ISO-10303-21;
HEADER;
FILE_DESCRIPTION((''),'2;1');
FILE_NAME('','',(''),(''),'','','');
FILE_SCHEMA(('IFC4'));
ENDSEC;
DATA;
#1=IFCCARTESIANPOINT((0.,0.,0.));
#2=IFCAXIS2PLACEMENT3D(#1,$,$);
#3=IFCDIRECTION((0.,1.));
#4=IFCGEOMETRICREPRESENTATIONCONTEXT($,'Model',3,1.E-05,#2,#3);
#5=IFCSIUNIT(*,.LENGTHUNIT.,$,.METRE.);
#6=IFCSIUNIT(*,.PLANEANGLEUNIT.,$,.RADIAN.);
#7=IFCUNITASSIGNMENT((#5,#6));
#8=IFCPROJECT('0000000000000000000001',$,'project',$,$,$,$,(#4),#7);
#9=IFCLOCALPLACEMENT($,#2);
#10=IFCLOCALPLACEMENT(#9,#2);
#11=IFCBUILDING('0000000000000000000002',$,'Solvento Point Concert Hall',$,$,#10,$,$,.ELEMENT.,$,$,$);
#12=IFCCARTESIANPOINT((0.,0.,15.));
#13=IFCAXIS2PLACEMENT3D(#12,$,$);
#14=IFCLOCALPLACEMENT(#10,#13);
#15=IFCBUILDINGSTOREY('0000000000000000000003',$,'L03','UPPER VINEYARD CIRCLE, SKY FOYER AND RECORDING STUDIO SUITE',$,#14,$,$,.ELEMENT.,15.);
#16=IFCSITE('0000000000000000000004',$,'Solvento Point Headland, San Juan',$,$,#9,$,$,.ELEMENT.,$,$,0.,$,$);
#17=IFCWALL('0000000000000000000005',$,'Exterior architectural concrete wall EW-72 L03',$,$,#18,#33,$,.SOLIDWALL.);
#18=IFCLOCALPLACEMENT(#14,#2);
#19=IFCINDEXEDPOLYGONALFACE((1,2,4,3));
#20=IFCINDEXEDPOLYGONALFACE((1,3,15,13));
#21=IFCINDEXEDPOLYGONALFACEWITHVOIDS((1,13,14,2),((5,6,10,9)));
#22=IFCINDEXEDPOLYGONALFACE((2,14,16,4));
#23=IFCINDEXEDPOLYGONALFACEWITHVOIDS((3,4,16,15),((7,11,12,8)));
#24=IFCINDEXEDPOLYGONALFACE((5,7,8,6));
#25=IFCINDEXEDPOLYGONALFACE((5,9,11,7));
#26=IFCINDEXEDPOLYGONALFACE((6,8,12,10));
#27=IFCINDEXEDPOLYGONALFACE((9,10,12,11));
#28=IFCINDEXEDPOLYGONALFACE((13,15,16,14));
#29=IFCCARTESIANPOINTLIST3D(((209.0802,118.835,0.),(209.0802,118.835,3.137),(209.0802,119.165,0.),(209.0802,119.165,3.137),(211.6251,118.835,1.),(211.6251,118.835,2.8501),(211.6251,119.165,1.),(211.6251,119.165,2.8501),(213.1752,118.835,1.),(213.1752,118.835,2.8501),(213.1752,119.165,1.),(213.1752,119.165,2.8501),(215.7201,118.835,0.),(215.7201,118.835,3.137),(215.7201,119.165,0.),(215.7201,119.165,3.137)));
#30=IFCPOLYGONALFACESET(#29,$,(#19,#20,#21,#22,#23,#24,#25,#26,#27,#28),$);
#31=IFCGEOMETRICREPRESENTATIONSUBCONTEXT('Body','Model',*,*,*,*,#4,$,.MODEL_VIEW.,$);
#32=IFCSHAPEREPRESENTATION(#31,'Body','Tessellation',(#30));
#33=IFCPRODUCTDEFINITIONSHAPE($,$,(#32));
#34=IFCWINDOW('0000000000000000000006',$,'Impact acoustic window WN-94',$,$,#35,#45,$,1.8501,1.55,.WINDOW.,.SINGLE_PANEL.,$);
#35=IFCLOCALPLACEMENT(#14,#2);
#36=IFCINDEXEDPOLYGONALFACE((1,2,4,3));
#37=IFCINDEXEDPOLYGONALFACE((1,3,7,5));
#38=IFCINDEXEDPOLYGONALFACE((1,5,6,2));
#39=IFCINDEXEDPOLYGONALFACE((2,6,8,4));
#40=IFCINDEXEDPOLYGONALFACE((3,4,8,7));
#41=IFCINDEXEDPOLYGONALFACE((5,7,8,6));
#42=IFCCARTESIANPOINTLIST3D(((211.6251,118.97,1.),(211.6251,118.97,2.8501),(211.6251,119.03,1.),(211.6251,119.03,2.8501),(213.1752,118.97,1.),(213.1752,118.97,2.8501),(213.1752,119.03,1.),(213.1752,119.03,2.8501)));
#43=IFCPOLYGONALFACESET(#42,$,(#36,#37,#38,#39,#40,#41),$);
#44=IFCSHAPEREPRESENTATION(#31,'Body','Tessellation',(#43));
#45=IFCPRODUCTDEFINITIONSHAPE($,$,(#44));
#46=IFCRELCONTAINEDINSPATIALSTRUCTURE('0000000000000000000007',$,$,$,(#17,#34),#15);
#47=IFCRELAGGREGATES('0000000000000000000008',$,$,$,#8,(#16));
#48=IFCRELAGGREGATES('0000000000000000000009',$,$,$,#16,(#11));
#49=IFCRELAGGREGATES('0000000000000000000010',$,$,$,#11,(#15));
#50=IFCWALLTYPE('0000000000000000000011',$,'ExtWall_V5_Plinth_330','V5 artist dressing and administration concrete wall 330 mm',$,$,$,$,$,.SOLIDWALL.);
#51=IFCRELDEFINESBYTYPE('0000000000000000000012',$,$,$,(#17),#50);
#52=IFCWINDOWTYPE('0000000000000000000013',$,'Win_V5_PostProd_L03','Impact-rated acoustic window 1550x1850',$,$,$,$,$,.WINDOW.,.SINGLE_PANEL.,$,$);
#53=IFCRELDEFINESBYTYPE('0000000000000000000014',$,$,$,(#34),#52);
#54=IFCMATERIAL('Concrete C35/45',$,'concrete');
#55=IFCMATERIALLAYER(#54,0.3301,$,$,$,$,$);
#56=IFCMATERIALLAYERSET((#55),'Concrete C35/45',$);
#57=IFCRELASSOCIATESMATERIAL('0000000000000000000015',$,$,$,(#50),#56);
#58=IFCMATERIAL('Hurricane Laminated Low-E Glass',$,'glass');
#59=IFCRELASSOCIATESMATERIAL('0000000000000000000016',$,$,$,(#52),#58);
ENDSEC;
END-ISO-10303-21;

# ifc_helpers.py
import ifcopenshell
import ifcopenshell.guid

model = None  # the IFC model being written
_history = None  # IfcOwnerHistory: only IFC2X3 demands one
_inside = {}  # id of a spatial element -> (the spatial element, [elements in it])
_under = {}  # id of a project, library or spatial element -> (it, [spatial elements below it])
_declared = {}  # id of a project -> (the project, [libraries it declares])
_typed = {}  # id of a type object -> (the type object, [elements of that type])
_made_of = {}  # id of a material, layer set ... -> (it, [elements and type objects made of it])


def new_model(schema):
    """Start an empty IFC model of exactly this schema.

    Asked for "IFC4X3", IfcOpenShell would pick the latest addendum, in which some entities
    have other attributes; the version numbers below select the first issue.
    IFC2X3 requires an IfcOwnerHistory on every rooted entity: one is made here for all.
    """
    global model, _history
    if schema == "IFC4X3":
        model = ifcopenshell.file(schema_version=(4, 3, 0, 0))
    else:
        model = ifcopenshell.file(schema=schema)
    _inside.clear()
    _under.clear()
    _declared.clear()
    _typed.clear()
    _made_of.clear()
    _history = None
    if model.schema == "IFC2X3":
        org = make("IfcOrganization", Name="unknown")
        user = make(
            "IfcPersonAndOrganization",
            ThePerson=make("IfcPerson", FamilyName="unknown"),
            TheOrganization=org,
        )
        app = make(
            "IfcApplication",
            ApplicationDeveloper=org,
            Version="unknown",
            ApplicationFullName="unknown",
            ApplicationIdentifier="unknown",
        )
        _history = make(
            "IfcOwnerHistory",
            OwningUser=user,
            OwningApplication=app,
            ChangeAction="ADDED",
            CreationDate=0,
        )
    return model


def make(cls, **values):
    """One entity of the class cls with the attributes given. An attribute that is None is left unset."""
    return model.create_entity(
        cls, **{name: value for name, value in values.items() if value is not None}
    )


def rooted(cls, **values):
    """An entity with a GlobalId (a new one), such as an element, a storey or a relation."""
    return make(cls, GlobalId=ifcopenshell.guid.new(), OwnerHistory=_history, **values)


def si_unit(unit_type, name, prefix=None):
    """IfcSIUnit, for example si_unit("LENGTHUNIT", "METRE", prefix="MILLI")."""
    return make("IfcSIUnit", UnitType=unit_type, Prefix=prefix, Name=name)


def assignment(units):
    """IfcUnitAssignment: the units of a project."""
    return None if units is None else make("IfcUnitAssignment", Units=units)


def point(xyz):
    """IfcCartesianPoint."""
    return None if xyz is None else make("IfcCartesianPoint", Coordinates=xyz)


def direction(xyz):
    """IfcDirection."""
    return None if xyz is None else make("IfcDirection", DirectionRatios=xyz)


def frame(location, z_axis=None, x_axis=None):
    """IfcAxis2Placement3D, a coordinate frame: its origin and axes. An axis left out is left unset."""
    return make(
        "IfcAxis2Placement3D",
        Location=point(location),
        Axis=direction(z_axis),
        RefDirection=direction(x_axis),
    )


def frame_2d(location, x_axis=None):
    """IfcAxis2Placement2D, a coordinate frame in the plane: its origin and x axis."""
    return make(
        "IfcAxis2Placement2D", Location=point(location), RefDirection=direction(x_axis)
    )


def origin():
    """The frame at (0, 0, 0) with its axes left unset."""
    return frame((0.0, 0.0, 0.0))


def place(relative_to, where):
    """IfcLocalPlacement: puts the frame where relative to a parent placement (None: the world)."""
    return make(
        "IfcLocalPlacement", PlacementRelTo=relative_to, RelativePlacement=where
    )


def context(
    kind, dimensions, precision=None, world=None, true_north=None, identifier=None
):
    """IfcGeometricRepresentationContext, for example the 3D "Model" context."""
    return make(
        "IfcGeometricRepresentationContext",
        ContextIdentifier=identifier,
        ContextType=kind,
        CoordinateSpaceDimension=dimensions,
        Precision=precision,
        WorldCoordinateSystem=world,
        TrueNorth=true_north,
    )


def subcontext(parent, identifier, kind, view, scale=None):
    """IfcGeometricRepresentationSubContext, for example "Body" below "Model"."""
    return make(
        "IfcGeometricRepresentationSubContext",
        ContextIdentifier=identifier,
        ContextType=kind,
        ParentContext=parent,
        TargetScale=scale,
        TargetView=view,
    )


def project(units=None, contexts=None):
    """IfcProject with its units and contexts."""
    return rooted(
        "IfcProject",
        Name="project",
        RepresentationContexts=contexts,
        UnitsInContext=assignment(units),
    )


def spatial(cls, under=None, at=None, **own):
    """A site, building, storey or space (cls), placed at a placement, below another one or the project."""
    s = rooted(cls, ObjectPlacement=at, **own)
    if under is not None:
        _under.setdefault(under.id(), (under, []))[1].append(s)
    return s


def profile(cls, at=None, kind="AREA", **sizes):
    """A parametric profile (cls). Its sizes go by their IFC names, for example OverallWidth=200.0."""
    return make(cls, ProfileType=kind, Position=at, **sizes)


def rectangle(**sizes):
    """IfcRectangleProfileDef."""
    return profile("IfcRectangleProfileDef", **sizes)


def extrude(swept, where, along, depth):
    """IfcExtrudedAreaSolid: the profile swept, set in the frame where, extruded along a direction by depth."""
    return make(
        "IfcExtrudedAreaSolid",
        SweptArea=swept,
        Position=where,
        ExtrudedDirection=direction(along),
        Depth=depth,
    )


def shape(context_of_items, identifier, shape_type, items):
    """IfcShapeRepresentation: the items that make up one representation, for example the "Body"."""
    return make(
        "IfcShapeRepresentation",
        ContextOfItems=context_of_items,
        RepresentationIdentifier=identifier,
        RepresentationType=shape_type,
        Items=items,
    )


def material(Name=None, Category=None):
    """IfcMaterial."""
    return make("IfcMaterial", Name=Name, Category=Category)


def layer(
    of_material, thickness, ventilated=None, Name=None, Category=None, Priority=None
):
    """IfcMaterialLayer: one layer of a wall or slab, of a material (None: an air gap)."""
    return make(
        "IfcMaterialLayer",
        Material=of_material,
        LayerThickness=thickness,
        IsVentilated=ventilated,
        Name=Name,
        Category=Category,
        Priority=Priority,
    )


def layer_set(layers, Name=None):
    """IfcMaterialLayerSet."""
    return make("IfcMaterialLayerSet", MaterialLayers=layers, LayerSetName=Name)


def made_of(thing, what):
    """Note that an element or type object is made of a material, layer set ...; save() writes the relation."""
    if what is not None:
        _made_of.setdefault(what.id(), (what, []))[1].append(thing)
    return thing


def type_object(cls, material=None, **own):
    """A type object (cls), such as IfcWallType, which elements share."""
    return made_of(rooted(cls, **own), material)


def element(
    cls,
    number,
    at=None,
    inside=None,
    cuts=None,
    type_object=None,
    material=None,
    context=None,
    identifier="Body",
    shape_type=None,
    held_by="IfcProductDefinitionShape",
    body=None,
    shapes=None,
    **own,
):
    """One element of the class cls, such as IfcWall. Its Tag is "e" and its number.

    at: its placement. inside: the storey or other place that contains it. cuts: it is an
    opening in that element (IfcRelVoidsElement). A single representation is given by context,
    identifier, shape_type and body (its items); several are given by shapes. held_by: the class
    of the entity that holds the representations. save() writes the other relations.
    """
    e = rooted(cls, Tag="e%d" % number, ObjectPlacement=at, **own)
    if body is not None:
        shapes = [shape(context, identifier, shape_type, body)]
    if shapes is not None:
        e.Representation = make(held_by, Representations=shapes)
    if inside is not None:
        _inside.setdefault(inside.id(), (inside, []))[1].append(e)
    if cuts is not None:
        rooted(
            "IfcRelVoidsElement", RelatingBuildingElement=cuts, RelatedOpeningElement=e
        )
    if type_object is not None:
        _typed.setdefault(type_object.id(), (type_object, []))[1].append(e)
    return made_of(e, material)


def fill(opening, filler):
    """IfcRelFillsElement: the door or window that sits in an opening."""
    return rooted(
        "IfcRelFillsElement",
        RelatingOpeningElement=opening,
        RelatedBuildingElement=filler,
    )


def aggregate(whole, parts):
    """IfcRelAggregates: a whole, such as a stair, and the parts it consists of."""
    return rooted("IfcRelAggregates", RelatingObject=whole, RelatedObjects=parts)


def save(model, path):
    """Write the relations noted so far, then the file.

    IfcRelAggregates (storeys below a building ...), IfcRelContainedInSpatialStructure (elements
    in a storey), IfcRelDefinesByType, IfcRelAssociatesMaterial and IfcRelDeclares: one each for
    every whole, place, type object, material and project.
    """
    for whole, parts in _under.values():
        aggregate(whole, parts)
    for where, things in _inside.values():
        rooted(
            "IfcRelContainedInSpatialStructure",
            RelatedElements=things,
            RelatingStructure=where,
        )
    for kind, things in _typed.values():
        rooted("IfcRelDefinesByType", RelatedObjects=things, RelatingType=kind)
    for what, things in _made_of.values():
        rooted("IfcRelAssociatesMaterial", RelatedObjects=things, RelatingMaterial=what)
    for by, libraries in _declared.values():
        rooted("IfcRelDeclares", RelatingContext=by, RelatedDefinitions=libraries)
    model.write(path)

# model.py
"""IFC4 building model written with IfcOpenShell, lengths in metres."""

from ifc_helpers import new_model, si_unit, direction, frame, frame_2d, origin, place, context, subcontext, project, spatial, rectangle, extrude, material, layer, layer_set, type_object, element, fill, save


model = new_model("IFC4")

# Units and contexts
model_context = context("Model", 3, precision=1e-05, world=origin(), true_north=direction((0.0, 1.0)))
body_context = subcontext(model_context, "Body", "Model", "MODEL_VIEW")
ifc_project = project(units=[si_unit("LENGTHUNIT", "METRE"), si_unit("PLANEANGLEUNIT", "RADIAN")], contexts=[model_context])

# Site, building, storey
site_placement = place(None, origin())
site = spatial("IfcSite", under=ifc_project, at=site_placement, Name="Solvento Point Headland, San Juan", CompositionType="ELEMENT", RefElevation=0.0)
building_placement = place(site_placement, origin())
building = spatial("IfcBuilding", under=site, at=building_placement, Name="Solvento Point Concert Hall", CompositionType="ELEMENT")
storey_placement = place(building_placement, frame((0.0, 0.0, 15.0)))
storey = spatial("IfcBuildingStorey", under=building, at=storey_placement, Name="L03", Description="UPPER VINEYARD CIRCLE, SKY FOYER AND RECORDING STUDIO SUITE", CompositionType="ELEMENT", Elevation=15.0)

# Wall, opening, window
ifc_material_1 = material(Name="Concrete C35/45", Category="concrete")
ifc_layer = layer(ifc_material_1, 0.3301)
ifc_layer_set = layer_set([ifc_layer], Name="Concrete C35/45")
wall_type = type_object("IfcWallType", Name="ExtWall_V5_Plinth_330", Description="V5 artist dressing and administration concrete wall 330 mm", PredefinedType="SOLIDWALL", material=ifc_layer_set)
ifc_material_2 = material(Name="Hurricane Laminated Low-E Glass", Category="glass")
window_type = type_object("IfcWindowType", Name="Win_V5_PostProd_L03", Description="Impact-rated acoustic window 1550x1850", PartitioningType="SINGLE_PANEL", PredefinedType="WINDOW", material=ifc_material_2)
wall_1_placement = place(storey_placement, frame((215.72, 119.0, 0.0), z_axis=(0.0, 0.0, 1.0), x_axis=(-1.0, 0.0, 0.0)))
wall_1 = element("IfcWall", 1, at=wall_1_placement, inside=storey, type_object=wall_type, Name="Exterior architectural concrete wall EW-72 L03", PredefinedType="SOLIDWALL", context=body_context, shape_type="SweptSolid", body=[
    extrude(rectangle(XDim=6.6399, YDim=0.3301, at=frame_2d((3.3198, 0.0))), origin(), (0.0, 0.0, 1.0), 3.137),
])
opening_1_placement = place(wall_1_placement, frame((2.5449, 0.0, 1.0)))
opening_1 = element("IfcOpeningElement", 2, at=opening_1_placement, cuts=wall_1, PredefinedType="OPENING", context=body_context, shape_type="SweptSolid", body=[
    extrude(rectangle(XDim=1.55, YDim=1.8501, at=frame_2d((0.7749, 0.925))), frame((0.0, 0.175, 0.0), z_axis=(0.0, -1.0, 0.0), x_axis=(1.0, 0.0, 0.0)), (0.0, 0.0, 1.0), 0.3501),
])
window_1_placement = place(opening_1_placement, origin())
window_1 = element("IfcWindow", 3, at=window_1_placement, inside=storey, type_object=window_type, Name="Impact acoustic window WN-94", OverallHeight=1.8501, OverallWidth=1.55, PartitioningType="SINGLE_PANEL", PredefinedType="WINDOW", context=body_context, shape_type="SweptSolid", body=[
    extrude(rectangle(XDim=1.55, YDim=1.8501, at=frame_2d((0.7749, 0.925))), frame((0.0, 0.03, 0.0), z_axis=(0.0, -1.0, 0.0), x_axis=(1.0, 0.0, 0.0)), (0.0, 0.0, 1.0), 0.0601),
])
fill(opening_1, window_1)

save(model, "model.ifc")
